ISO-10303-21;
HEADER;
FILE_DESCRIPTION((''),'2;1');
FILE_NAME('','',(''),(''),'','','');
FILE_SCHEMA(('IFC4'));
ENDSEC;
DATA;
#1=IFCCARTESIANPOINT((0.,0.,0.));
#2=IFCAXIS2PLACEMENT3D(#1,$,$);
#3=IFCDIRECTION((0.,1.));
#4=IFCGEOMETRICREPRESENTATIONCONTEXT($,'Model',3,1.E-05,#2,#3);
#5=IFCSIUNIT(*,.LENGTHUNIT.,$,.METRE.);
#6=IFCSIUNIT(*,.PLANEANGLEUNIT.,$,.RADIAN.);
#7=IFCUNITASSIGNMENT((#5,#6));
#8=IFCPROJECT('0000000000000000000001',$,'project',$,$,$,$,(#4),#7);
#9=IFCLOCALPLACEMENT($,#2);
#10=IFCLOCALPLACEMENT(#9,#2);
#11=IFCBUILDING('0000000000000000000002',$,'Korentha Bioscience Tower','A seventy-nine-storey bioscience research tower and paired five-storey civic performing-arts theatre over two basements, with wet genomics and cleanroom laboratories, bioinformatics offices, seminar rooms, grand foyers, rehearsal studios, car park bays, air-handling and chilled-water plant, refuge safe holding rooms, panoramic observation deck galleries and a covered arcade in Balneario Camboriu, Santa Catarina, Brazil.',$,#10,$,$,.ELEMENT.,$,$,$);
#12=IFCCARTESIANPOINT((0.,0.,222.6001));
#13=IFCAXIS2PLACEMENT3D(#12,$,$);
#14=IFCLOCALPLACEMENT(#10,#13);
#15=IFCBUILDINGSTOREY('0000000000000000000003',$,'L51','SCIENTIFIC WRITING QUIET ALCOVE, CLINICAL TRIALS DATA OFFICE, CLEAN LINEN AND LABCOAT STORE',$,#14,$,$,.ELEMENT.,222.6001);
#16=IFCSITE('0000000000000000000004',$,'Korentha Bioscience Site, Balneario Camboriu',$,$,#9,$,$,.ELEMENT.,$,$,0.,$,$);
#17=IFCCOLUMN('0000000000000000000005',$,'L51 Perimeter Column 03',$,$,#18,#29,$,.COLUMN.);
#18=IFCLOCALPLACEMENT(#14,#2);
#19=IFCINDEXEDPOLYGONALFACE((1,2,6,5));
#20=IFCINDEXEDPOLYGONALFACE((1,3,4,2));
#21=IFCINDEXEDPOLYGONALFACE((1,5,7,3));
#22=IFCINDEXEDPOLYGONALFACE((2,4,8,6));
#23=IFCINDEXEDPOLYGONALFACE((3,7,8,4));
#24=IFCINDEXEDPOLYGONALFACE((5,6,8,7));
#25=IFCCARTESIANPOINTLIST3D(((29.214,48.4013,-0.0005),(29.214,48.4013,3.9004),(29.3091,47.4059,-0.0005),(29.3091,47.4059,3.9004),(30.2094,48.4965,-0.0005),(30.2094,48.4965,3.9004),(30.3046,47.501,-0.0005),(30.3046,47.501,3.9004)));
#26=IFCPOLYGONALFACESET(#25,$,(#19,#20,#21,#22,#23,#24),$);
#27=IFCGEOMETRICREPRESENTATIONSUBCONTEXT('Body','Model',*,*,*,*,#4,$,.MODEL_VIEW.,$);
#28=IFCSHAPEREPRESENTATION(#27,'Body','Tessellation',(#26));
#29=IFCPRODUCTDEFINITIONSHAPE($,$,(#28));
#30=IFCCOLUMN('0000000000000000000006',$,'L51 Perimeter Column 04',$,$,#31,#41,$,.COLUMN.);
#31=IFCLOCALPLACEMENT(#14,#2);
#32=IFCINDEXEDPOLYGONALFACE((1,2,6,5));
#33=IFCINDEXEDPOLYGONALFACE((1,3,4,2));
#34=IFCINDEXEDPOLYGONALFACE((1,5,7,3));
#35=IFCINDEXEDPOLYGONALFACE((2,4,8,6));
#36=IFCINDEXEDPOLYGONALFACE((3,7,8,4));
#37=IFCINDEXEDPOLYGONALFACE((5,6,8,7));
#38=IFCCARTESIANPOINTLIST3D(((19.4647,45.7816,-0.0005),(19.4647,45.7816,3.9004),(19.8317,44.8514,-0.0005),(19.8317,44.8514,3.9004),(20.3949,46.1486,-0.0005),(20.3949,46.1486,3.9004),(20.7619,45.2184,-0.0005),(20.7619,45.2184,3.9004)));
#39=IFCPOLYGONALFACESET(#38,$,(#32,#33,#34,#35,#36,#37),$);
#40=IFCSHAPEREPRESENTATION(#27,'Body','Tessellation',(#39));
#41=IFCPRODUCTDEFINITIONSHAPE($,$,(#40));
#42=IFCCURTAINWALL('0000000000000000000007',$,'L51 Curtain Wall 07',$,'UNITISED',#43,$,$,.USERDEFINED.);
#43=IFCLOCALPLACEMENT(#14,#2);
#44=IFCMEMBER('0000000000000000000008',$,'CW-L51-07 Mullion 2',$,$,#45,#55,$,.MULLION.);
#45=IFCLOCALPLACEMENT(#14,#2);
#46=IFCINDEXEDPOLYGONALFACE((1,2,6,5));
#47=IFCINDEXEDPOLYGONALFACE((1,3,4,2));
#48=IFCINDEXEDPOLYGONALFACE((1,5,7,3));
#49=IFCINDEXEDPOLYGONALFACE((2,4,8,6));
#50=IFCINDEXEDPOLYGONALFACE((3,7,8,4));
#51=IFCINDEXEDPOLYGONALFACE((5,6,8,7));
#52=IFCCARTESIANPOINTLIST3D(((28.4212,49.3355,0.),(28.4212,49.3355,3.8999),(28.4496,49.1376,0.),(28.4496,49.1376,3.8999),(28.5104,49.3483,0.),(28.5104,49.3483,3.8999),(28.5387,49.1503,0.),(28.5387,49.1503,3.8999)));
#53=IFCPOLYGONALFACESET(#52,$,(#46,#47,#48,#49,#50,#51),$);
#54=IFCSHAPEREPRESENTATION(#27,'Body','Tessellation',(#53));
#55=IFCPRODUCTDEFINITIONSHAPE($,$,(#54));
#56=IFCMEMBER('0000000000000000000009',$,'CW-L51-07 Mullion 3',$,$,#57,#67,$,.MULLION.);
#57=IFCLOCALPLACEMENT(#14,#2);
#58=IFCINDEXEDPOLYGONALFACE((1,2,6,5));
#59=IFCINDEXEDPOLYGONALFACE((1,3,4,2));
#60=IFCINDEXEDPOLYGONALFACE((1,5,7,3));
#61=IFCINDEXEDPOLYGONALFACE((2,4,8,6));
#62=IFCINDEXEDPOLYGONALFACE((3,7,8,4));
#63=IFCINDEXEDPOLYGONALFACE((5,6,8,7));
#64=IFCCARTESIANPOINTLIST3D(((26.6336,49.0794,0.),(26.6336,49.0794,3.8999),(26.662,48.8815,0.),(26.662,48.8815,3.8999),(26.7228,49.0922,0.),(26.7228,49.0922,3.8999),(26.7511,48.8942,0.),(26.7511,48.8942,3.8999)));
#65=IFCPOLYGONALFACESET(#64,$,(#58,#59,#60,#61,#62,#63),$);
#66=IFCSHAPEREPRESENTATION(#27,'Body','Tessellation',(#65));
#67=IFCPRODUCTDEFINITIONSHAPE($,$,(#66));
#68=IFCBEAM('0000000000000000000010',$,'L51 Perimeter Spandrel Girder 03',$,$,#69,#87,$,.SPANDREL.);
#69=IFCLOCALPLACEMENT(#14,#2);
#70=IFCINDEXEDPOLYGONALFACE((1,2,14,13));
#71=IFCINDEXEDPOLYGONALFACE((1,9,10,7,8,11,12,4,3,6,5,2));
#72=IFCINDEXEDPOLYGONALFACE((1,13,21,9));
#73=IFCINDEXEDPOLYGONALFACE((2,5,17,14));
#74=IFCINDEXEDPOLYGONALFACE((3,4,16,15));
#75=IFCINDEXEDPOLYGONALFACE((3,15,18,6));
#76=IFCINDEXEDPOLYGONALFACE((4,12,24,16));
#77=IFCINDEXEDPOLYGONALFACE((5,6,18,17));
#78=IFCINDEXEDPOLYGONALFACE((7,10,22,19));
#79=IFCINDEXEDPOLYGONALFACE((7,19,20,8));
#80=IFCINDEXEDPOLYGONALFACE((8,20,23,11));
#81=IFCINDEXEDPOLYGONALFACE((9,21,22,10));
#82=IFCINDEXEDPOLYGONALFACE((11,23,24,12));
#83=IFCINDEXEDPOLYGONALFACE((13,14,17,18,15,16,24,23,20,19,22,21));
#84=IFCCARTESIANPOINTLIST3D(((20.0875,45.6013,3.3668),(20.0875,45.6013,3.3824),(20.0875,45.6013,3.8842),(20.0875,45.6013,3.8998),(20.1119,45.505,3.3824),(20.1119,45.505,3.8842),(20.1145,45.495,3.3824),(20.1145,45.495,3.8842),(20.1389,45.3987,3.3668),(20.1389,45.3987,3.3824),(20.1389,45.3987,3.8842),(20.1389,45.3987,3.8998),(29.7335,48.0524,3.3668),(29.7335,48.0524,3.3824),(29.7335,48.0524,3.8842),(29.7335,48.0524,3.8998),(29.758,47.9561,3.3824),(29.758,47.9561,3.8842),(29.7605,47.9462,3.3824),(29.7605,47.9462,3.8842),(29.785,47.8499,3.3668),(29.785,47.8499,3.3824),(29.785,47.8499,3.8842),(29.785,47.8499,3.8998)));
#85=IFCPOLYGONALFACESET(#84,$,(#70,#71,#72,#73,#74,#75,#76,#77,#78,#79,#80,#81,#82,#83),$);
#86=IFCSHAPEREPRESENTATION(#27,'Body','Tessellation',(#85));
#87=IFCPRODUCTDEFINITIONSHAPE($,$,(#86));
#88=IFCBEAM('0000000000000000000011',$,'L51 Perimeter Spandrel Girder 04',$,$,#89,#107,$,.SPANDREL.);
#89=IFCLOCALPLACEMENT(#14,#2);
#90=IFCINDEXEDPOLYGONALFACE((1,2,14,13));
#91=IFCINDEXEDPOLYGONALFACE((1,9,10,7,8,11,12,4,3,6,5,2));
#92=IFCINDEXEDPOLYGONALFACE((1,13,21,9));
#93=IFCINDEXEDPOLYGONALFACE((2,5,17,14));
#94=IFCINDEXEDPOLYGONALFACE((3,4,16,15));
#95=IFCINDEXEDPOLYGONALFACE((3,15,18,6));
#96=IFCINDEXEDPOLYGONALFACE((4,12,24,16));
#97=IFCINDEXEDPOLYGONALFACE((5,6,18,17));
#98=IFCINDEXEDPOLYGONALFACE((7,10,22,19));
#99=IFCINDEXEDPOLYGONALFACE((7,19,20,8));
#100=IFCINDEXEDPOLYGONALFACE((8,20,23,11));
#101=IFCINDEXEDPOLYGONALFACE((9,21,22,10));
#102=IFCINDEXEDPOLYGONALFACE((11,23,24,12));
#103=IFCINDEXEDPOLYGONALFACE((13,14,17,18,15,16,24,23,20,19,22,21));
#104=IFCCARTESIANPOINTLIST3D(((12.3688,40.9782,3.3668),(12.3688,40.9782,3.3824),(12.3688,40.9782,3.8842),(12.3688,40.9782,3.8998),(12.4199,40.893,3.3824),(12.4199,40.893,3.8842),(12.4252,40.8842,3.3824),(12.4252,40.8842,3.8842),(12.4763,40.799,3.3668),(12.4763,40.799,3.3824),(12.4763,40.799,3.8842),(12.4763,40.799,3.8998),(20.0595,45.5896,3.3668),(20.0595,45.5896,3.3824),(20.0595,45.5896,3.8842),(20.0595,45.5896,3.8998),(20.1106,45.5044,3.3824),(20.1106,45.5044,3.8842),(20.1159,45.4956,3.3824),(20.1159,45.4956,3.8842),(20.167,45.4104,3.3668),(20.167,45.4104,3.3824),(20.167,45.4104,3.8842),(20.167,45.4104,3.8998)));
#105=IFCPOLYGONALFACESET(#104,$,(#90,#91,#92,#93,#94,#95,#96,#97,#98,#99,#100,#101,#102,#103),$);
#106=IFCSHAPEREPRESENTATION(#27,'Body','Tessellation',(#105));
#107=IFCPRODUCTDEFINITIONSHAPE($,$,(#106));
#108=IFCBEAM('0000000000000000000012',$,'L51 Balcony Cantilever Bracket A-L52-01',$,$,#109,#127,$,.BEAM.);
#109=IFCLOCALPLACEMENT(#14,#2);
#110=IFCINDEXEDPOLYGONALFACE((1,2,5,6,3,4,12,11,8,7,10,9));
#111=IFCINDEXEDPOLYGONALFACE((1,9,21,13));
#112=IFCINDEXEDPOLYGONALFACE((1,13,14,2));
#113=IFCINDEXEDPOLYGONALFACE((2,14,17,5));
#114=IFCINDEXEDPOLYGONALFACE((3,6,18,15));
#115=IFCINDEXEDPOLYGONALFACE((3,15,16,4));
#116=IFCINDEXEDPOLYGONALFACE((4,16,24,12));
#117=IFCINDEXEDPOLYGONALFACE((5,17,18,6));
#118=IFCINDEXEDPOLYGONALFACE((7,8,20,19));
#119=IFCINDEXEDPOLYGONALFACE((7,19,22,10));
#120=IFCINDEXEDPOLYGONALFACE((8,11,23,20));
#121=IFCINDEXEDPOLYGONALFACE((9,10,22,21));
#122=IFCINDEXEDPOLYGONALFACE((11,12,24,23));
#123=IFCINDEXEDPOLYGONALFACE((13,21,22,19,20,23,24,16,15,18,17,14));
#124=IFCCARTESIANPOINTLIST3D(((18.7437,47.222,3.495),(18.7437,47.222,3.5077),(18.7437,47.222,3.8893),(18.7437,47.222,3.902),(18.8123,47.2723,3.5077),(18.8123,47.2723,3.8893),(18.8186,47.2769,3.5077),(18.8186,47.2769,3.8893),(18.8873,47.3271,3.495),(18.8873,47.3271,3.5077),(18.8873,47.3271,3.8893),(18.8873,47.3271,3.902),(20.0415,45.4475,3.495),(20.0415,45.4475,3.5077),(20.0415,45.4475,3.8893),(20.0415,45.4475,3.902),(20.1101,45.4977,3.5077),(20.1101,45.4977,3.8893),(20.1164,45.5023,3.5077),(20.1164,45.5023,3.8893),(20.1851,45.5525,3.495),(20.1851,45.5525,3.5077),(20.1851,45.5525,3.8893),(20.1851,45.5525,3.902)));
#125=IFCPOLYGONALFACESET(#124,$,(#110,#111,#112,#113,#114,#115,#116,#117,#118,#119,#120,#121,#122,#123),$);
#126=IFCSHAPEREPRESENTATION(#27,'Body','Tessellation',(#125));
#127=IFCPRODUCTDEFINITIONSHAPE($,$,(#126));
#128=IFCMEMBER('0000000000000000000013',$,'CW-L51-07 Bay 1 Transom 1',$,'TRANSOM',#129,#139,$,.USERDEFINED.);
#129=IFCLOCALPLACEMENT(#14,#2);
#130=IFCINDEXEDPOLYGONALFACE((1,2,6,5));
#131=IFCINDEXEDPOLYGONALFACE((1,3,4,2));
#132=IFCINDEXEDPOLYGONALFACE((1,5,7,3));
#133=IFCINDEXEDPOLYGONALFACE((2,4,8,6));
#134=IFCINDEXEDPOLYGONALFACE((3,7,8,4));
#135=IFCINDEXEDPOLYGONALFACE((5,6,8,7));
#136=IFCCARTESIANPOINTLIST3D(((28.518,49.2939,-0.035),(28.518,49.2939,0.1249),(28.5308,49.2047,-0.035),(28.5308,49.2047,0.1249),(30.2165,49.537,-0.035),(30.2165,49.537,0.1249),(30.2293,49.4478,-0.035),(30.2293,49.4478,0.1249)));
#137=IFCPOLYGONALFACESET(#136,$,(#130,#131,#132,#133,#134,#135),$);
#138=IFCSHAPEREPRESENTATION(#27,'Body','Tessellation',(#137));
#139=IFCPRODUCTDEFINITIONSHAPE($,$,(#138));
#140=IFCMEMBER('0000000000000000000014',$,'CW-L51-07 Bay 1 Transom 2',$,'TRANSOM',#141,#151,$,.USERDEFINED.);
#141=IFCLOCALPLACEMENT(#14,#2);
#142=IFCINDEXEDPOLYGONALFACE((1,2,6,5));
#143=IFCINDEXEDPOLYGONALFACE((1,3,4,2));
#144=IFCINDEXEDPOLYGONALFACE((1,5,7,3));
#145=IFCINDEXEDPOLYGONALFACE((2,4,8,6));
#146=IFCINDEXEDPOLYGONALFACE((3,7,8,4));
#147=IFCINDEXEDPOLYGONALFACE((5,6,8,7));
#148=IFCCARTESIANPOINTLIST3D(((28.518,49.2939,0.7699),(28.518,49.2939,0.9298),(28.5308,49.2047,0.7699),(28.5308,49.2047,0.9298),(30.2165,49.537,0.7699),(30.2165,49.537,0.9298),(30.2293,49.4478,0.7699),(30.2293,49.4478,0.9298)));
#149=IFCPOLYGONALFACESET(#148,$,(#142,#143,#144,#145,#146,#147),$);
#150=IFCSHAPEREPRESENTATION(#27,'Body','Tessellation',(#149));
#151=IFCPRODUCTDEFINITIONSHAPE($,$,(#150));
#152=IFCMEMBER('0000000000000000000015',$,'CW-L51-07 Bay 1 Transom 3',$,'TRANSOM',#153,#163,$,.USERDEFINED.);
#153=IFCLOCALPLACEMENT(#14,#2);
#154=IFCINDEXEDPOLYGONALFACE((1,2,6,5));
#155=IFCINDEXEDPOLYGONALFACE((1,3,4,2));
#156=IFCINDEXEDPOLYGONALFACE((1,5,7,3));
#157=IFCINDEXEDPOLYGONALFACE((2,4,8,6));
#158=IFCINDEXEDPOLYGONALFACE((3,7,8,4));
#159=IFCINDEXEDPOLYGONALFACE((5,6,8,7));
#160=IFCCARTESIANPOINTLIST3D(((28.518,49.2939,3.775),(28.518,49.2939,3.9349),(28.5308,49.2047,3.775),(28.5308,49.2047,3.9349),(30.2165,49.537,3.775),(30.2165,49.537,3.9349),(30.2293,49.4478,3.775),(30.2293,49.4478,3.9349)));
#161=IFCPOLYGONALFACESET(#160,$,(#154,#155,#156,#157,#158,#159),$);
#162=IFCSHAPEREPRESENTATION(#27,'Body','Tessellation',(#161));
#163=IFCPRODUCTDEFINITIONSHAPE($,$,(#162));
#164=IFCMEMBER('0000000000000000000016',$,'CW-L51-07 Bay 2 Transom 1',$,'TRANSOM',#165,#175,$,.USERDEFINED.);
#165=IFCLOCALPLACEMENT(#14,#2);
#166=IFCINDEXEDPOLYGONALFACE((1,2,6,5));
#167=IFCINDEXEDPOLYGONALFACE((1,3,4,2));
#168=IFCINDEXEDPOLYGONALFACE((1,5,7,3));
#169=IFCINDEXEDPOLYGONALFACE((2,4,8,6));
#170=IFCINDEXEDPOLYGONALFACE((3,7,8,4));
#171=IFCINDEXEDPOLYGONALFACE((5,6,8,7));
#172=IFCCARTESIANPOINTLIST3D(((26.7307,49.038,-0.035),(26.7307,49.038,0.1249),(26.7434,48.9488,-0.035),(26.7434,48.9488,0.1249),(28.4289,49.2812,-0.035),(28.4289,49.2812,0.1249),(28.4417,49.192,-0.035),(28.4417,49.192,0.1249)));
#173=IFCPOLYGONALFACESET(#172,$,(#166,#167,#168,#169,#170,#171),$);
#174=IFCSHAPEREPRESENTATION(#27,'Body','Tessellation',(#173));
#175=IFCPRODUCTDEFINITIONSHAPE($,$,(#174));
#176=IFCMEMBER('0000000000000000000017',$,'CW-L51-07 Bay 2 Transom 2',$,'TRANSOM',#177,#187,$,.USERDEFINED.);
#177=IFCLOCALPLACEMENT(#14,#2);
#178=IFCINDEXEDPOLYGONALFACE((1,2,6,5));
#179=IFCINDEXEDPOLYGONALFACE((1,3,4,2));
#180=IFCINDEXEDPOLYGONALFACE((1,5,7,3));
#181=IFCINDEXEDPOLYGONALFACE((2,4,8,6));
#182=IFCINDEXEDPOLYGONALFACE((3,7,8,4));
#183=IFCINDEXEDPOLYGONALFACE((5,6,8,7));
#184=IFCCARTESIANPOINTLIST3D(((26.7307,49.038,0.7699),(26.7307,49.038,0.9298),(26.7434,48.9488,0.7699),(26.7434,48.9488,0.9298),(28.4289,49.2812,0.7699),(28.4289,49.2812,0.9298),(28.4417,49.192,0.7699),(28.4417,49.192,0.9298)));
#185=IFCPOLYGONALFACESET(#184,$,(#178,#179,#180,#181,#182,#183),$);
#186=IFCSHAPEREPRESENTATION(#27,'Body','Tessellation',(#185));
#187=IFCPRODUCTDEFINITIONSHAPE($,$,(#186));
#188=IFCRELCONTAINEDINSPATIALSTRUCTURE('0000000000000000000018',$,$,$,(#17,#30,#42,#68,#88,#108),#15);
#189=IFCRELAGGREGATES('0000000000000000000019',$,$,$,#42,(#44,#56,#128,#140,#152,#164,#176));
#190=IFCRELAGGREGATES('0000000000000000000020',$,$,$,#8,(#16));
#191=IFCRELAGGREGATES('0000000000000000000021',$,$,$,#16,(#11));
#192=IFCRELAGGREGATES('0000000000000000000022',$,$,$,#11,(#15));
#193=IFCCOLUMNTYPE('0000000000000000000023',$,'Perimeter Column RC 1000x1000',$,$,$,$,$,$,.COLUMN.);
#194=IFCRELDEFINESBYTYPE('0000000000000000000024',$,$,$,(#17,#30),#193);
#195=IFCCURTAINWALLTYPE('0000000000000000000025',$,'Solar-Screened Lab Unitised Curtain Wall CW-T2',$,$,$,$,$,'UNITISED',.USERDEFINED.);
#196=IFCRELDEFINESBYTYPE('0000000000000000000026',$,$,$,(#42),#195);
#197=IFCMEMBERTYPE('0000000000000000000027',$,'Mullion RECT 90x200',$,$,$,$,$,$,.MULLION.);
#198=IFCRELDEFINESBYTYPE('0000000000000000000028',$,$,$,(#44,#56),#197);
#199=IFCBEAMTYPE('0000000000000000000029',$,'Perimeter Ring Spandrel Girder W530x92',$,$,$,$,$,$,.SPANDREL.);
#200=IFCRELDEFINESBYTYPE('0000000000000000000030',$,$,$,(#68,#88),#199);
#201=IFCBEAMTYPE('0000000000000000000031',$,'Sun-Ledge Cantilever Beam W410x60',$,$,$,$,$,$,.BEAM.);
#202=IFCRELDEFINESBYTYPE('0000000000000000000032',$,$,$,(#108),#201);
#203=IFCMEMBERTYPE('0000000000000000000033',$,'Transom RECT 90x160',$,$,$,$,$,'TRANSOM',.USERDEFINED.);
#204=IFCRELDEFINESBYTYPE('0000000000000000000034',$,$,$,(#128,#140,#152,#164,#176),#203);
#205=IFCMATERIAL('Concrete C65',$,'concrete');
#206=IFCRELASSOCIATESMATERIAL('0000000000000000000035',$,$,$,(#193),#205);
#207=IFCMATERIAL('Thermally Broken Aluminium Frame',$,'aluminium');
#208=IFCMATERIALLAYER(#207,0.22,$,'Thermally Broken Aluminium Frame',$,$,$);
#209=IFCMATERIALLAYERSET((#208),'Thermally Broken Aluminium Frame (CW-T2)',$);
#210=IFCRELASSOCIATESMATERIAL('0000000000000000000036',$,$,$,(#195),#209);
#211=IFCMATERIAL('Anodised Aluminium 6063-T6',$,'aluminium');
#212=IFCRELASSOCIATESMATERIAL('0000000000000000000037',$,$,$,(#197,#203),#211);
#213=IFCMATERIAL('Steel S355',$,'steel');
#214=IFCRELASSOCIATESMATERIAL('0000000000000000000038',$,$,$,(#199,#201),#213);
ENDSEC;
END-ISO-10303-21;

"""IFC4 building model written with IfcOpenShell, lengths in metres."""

from ifc_helpers import new_model, si_unit, direction, frame, origin, origin_2d, place, context, subcontext, project, spatial, rectangle, i_section, extrude, material, layer, layer_set, material_profile, profile_set, type_object, element, aggregate, save


model = new_model("IFC4")

# Units and contexts
model_context = context("Model", 3, precision=1e-05, world=origin(), true_north=direction((0.0, 1.0)))
body_context = subcontext(model_context, "Body", "Model", "MODEL_VIEW")
ifc_project = project(units=[si_unit("LENGTHUNIT", "METRE"), si_unit("PLANEANGLEUNIT", "RADIAN")], contexts=[model_context])

# Site, building, storey
site_placement = place(None, origin())
site = spatial("IfcSite", under=ifc_project, at=site_placement, Name="Korentha Bioscience Site, Balneario Camboriu", CompositionType="ELEMENT", RefElevation=0.0)
building_placement = place(site_placement, origin())
building = spatial("IfcBuilding", under=site, at=building_placement, Name="Korentha Bioscience Tower", Description="A seventy-nine-storey bioscience research tower and paired five-storey civic performing-arts theatre over two basements, with wet genomics and cleanroom laboratories, bioinformatics offices, seminar rooms, grand foyers, rehearsal studios, car park bays, air-handling and chilled-water plant, refuge safe holding rooms, panoramic observation deck galleries and a covered arcade in Balneario Camboriu, Santa Catarina, Brazil.", CompositionType="ELEMENT")
storey_placement = place(building_placement, frame((0.0, 0.0, 222.6001)))
storey = spatial("IfcBuildingStorey", under=building, at=storey_placement, Name="L51", Description="SCIENTIFIC WRITING QUIET ALCOVE, CLINICAL TRIALS DATA OFFICE, CLEAN LINEN AND LABCOAT STORE", CompositionType="ELEMENT", Elevation=222.6001)

# Columns
ifc_material_1 = material(Name="Concrete C65", Category="concrete")
ifc_material_profile_1 = material_profile(ifc_material_1, rectangle(XDim=1.0, YDim=1.0, at=origin_2d()), Name="Concrete C65")
ifc_profile_set_1 = profile_set([ifc_material_profile_1], Name="Concrete C65 (COL-P10)")
column_type = type_object("IfcColumnType", Name="Perimeter Column RC 1000x1000", PredefinedType="COLUMN", material=ifc_profile_set_1)
for number, where, z_axis, x_axis, name in (
    (1, (29.7593, 47.9512, -0.0005), (0.0, 0.0, 1.0), (0.995463, 0.095151, 0.0), "L51 Perimeter Column 03"),
    (2, (20.1133, 45.5, -0.0005), (0.0, 0.0, 1.0), (0.930226, 0.366988, 0.0), "L51 Perimeter Column 04"),
):
    element("IfcColumn", number, at=place(storey_placement, frame(where, z_axis=z_axis, x_axis=x_axis)), inside=storey, type_object=column_type, Name=name, PredefinedType="COLUMN", context=body_context, shape_type="SweptSolid", body=[
        extrude(rectangle(XDim=1.0, YDim=1.0, at=origin_2d()), origin(), (0.0, 0.0, 1.0), 3.9009),
    ])

# Curtain wall, members
ifc_material_2 = material(Name="Thermally Broken Aluminium Frame", Category="aluminium")
ifc_layer_1 = layer(ifc_material_2, 0.22, Name="Thermally Broken Aluminium Frame")
ifc_layer_set_1 = layer_set([ifc_layer_1], Name="Thermally Broken Aluminium Frame (CW-T2)")
curtain_wall_type = type_object("IfcCurtainWallType", Name="Solar-Screened Lab Unitised Curtain Wall CW-T2", ElementType="UNITISED", PredefinedType="USERDEFINED", material=ifc_layer_set_1)
curtain_wall_placement = place(storey_placement, origin())
curtain_wall = element("IfcCurtainWall", 3, at=curtain_wall_placement, inside=storey, type_object=curtain_wall_type, Name="L51 Curtain Wall 07", ObjectType="UNITISED", PredefinedType="USERDEFINED")
ifc_material_3 = material(Name="Anodised Aluminium 6063-T6", Category="aluminium")
ifc_material_profile_2 = material_profile(ifc_material_3, rectangle(XDim=0.0901, YDim=0.2, at=origin_2d()), Name="Anodised Aluminium 6063-T6")
ifc_profile_set_2 = profile_set([ifc_material_profile_2], Name="Anodised Aluminium 6063-T6 (CW-MUL)")
member_type_1 = type_object("IfcMemberType", Name="Mullion RECT 90x200", PredefinedType="MULLION", material=ifc_profile_set_2)
member_1_placement = place(storey_placement, frame((28.48, 49.2429, 0.0), z_axis=(0.0, 0.0, 1.0), x_axis=(-0.989902, -0.141754, 0.0)))
member_1 = element("IfcMember", 4, at=member_1_placement, type_object=member_type_1, Name="CW-L51-07 Mullion 2", PredefinedType="MULLION", context=body_context, shape_type="SweptSolid", body=[
    extrude(rectangle(XDim=0.0901, YDim=0.2, at=origin_2d()), origin(), (0.0, 0.0, 1.0), 3.8999),
])
member_2_placement = place(storey_placement, frame((26.6924, 48.9868, 0.0), z_axis=(0.0, 0.0, 1.0), x_axis=(-0.989902, -0.141754, 0.0)))
member_2 = element("IfcMember", 5, at=member_2_placement, type_object=member_type_1, Name="CW-L51-07 Mullion 3", PredefinedType="MULLION", context=body_context, shape_type="SweptSolid", body=[
    extrude(rectangle(XDim=0.0901, YDim=0.2, at=origin_2d()), origin(), (0.0, 0.0, 1.0), 3.8999),
])

# Beams
ifc_material_4 = material(Name="Steel S355", Category="steel")
ifc_material_profile_3 = material_profile(ifc_material_4, i_section(OverallWidth=0.209, OverallDepth=0.533, WebThickness=0.0103, FlangeThickness=0.0156, at=origin_2d()), Name="Steel S355")
ifc_profile_set_3 = profile_set([ifc_material_profile_3], Name="Steel S355 (SB-530)")
beam_type_1 = type_object("IfcBeamType", Name="Perimeter Ring Spandrel Girder W530x92", PredefinedType="SPANDREL", material=ifc_profile_set_3)
beam_1_placement = place(storey_placement, frame((29.7593, 47.9512, 3.6333), z_axis=(-0.969197, -0.246286, 0.0), x_axis=(0.246286, -0.969197, 0.0)))
element("IfcBeam", 6, at=beam_1_placement, inside=storey, type_object=beam_type_1, Name="L51 Perimeter Spandrel Girder 03", PredefinedType="SPANDREL", context=body_context, shape_type="SweptSolid", body=[
    extrude(i_section(OverallWidth=0.209, OverallDepth=0.533, WebThickness=0.0103, FlangeThickness=0.0156, at=origin_2d()), origin(), (0.0, 0.0, 1.0), 9.9526),
])
beam_2_placement = place(storey_placement, frame((20.1133, 45.5, 3.6333), z_axis=(-0.857644, -0.514243, 0.0), x_axis=(0.514243, -0.857644, 0.0)))
element("IfcBeam", 7, at=beam_2_placement, inside=storey, type_object=beam_type_1, Name="L51 Perimeter Spandrel Girder 04", PredefinedType="SPANDREL", context=body_context, shape_type="SweptSolid", body=[
    extrude(i_section(OverallWidth=0.209, OverallDepth=0.533, WebThickness=0.0103, FlangeThickness=0.0156, at=origin_2d()), origin(), (0.0, 0.0, 1.0), 8.9673),
])
ifc_material_profile_4 = material_profile(ifc_material_4, i_section(OverallWidth=0.178, OverallDepth=0.407, WebThickness=0.0078, FlangeThickness=0.0127, at=origin_2d()), Name="Steel S355")
ifc_profile_set_4 = profile_set([ifc_material_profile_4], Name="Steel S355 (CB-410)")
beam_type_2 = type_object("IfcBeamType", Name="Sun-Ledge Cantilever Beam W410x60", PredefinedType="BEAM", material=ifc_profile_set_4)
beam_3_placement = place(storey_placement, frame((20.1133, 45.5, 3.6985), z_axis=(-0.590309, 0.807177, 0.0), x_axis=(-0.807177, -0.590309, 0.0)))
element("IfcBeam", 8, at=beam_3_placement, inside=storey, type_object=beam_type_2, Name="L51 Balcony Cantilever Bracket A-L52-01", PredefinedType="BEAM", context=body_context, shape_type="SweptSolid", body=[
    extrude(i_section(OverallWidth=0.178, OverallDepth=0.407, WebThickness=0.0078, FlangeThickness=0.0127, at=origin_2d()), origin(), (0.0, 0.0, 1.0), 2.1985),
])

# Members
ifc_material_profile_5 = material_profile(ifc_material_3, rectangle(XDim=0.0901, YDim=0.1599, at=origin_2d()), Name="Anodised Aluminium 6063-T6")
ifc_profile_set_5 = profile_set([ifc_material_profile_5], Name="Anodised Aluminium 6063-T6 (CW-TRN)")
member_type_2 = type_object("IfcMemberType", Name="Transom RECT 90x160", ElementType="TRANSOM", PredefinedType="USERDEFINED", material=ifc_profile_set_5)
member_3_placement = place(storey_placement, frame((30.2229, 49.4924, 0.0449), z_axis=(-0.989907, -0.14172, 0.0), x_axis=(0.14172, -0.989907, 0.0)))
member_3 = element("IfcMember", 9, at=member_3_placement, type_object=member_type_2, Name="CW-L51-07 Bay 1 Transom 1", ObjectType="TRANSOM", PredefinedType="USERDEFINED", context=body_context, shape_type="SweptSolid", body=[
    extrude(rectangle(XDim=0.0901, YDim=0.1599, at=origin_2d()), origin(), (0.0, 0.0, 1.0), 1.7158),
])
member_4_placement = place(storey_placement, frame((30.2229, 49.4924, 0.8499), z_axis=(-0.989907, -0.14172, 0.0), x_axis=(0.14172, -0.989907, 0.0)))
member_4 = element("IfcMember", 10, at=member_4_placement, type_object=member_type_2, Name="CW-L51-07 Bay 1 Transom 2", ObjectType="TRANSOM", PredefinedType="USERDEFINED", context=body_context, shape_type="SweptSolid", body=[
    extrude(rectangle(XDim=0.0901, YDim=0.1599, at=origin_2d()), origin(), (0.0, 0.0, 1.0), 1.7158),
])
member_5_placement = place(storey_placement, frame((30.2229, 49.4924, 3.855), z_axis=(-0.989907, -0.14172, 0.0), x_axis=(0.14172, -0.989907, 0.0)))
member_5 = element("IfcMember", 11, at=member_5_placement, type_object=member_type_2, Name="CW-L51-07 Bay 1 Transom 3", ObjectType="TRANSOM", PredefinedType="USERDEFINED", context=body_context, shape_type="SweptSolid", body=[
    extrude(rectangle(XDim=0.0901, YDim=0.1599, at=origin_2d()), origin(), (0.0, 0.0, 1.0), 1.7158),
])
member_6_placement = place(storey_placement, frame((28.4353, 49.2366, 0.0449), z_axis=(-0.989904, -0.14174, 0.0), x_axis=(0.14174, -0.989904, 0.0)))
member_6 = element("IfcMember", 12, at=member_6_placement, type_object=member_type_2, Name="CW-L51-07 Bay 2 Transom 1", ObjectType="TRANSOM", PredefinedType="USERDEFINED", context=body_context, shape_type="SweptSolid", body=[
    extrude(rectangle(XDim=0.0901, YDim=0.1599, at=origin_2d()), origin(), (0.0, 0.0, 1.0), 1.7156),
])
member_7_placement = place(storey_placement, frame((28.4353, 49.2366, 0.8499), z_axis=(-0.989904, -0.14174, 0.0), x_axis=(0.14174, -0.989904, 0.0)))
member_7 = element("IfcMember", 13, at=member_7_placement, type_object=member_type_2, Name="CW-L51-07 Bay 2 Transom 2", ObjectType="TRANSOM", PredefinedType="USERDEFINED", context=body_context, shape_type="SweptSolid", body=[
    extrude(rectangle(XDim=0.0901, YDim=0.1599, at=origin_2d()), origin(), (0.0, 0.0, 1.0), 1.7156),
])

aggregate(curtain_wall, [member_1, member_2, member_3, member_4, member_5, member_6, member_7])

save(model, "model.ifc")
